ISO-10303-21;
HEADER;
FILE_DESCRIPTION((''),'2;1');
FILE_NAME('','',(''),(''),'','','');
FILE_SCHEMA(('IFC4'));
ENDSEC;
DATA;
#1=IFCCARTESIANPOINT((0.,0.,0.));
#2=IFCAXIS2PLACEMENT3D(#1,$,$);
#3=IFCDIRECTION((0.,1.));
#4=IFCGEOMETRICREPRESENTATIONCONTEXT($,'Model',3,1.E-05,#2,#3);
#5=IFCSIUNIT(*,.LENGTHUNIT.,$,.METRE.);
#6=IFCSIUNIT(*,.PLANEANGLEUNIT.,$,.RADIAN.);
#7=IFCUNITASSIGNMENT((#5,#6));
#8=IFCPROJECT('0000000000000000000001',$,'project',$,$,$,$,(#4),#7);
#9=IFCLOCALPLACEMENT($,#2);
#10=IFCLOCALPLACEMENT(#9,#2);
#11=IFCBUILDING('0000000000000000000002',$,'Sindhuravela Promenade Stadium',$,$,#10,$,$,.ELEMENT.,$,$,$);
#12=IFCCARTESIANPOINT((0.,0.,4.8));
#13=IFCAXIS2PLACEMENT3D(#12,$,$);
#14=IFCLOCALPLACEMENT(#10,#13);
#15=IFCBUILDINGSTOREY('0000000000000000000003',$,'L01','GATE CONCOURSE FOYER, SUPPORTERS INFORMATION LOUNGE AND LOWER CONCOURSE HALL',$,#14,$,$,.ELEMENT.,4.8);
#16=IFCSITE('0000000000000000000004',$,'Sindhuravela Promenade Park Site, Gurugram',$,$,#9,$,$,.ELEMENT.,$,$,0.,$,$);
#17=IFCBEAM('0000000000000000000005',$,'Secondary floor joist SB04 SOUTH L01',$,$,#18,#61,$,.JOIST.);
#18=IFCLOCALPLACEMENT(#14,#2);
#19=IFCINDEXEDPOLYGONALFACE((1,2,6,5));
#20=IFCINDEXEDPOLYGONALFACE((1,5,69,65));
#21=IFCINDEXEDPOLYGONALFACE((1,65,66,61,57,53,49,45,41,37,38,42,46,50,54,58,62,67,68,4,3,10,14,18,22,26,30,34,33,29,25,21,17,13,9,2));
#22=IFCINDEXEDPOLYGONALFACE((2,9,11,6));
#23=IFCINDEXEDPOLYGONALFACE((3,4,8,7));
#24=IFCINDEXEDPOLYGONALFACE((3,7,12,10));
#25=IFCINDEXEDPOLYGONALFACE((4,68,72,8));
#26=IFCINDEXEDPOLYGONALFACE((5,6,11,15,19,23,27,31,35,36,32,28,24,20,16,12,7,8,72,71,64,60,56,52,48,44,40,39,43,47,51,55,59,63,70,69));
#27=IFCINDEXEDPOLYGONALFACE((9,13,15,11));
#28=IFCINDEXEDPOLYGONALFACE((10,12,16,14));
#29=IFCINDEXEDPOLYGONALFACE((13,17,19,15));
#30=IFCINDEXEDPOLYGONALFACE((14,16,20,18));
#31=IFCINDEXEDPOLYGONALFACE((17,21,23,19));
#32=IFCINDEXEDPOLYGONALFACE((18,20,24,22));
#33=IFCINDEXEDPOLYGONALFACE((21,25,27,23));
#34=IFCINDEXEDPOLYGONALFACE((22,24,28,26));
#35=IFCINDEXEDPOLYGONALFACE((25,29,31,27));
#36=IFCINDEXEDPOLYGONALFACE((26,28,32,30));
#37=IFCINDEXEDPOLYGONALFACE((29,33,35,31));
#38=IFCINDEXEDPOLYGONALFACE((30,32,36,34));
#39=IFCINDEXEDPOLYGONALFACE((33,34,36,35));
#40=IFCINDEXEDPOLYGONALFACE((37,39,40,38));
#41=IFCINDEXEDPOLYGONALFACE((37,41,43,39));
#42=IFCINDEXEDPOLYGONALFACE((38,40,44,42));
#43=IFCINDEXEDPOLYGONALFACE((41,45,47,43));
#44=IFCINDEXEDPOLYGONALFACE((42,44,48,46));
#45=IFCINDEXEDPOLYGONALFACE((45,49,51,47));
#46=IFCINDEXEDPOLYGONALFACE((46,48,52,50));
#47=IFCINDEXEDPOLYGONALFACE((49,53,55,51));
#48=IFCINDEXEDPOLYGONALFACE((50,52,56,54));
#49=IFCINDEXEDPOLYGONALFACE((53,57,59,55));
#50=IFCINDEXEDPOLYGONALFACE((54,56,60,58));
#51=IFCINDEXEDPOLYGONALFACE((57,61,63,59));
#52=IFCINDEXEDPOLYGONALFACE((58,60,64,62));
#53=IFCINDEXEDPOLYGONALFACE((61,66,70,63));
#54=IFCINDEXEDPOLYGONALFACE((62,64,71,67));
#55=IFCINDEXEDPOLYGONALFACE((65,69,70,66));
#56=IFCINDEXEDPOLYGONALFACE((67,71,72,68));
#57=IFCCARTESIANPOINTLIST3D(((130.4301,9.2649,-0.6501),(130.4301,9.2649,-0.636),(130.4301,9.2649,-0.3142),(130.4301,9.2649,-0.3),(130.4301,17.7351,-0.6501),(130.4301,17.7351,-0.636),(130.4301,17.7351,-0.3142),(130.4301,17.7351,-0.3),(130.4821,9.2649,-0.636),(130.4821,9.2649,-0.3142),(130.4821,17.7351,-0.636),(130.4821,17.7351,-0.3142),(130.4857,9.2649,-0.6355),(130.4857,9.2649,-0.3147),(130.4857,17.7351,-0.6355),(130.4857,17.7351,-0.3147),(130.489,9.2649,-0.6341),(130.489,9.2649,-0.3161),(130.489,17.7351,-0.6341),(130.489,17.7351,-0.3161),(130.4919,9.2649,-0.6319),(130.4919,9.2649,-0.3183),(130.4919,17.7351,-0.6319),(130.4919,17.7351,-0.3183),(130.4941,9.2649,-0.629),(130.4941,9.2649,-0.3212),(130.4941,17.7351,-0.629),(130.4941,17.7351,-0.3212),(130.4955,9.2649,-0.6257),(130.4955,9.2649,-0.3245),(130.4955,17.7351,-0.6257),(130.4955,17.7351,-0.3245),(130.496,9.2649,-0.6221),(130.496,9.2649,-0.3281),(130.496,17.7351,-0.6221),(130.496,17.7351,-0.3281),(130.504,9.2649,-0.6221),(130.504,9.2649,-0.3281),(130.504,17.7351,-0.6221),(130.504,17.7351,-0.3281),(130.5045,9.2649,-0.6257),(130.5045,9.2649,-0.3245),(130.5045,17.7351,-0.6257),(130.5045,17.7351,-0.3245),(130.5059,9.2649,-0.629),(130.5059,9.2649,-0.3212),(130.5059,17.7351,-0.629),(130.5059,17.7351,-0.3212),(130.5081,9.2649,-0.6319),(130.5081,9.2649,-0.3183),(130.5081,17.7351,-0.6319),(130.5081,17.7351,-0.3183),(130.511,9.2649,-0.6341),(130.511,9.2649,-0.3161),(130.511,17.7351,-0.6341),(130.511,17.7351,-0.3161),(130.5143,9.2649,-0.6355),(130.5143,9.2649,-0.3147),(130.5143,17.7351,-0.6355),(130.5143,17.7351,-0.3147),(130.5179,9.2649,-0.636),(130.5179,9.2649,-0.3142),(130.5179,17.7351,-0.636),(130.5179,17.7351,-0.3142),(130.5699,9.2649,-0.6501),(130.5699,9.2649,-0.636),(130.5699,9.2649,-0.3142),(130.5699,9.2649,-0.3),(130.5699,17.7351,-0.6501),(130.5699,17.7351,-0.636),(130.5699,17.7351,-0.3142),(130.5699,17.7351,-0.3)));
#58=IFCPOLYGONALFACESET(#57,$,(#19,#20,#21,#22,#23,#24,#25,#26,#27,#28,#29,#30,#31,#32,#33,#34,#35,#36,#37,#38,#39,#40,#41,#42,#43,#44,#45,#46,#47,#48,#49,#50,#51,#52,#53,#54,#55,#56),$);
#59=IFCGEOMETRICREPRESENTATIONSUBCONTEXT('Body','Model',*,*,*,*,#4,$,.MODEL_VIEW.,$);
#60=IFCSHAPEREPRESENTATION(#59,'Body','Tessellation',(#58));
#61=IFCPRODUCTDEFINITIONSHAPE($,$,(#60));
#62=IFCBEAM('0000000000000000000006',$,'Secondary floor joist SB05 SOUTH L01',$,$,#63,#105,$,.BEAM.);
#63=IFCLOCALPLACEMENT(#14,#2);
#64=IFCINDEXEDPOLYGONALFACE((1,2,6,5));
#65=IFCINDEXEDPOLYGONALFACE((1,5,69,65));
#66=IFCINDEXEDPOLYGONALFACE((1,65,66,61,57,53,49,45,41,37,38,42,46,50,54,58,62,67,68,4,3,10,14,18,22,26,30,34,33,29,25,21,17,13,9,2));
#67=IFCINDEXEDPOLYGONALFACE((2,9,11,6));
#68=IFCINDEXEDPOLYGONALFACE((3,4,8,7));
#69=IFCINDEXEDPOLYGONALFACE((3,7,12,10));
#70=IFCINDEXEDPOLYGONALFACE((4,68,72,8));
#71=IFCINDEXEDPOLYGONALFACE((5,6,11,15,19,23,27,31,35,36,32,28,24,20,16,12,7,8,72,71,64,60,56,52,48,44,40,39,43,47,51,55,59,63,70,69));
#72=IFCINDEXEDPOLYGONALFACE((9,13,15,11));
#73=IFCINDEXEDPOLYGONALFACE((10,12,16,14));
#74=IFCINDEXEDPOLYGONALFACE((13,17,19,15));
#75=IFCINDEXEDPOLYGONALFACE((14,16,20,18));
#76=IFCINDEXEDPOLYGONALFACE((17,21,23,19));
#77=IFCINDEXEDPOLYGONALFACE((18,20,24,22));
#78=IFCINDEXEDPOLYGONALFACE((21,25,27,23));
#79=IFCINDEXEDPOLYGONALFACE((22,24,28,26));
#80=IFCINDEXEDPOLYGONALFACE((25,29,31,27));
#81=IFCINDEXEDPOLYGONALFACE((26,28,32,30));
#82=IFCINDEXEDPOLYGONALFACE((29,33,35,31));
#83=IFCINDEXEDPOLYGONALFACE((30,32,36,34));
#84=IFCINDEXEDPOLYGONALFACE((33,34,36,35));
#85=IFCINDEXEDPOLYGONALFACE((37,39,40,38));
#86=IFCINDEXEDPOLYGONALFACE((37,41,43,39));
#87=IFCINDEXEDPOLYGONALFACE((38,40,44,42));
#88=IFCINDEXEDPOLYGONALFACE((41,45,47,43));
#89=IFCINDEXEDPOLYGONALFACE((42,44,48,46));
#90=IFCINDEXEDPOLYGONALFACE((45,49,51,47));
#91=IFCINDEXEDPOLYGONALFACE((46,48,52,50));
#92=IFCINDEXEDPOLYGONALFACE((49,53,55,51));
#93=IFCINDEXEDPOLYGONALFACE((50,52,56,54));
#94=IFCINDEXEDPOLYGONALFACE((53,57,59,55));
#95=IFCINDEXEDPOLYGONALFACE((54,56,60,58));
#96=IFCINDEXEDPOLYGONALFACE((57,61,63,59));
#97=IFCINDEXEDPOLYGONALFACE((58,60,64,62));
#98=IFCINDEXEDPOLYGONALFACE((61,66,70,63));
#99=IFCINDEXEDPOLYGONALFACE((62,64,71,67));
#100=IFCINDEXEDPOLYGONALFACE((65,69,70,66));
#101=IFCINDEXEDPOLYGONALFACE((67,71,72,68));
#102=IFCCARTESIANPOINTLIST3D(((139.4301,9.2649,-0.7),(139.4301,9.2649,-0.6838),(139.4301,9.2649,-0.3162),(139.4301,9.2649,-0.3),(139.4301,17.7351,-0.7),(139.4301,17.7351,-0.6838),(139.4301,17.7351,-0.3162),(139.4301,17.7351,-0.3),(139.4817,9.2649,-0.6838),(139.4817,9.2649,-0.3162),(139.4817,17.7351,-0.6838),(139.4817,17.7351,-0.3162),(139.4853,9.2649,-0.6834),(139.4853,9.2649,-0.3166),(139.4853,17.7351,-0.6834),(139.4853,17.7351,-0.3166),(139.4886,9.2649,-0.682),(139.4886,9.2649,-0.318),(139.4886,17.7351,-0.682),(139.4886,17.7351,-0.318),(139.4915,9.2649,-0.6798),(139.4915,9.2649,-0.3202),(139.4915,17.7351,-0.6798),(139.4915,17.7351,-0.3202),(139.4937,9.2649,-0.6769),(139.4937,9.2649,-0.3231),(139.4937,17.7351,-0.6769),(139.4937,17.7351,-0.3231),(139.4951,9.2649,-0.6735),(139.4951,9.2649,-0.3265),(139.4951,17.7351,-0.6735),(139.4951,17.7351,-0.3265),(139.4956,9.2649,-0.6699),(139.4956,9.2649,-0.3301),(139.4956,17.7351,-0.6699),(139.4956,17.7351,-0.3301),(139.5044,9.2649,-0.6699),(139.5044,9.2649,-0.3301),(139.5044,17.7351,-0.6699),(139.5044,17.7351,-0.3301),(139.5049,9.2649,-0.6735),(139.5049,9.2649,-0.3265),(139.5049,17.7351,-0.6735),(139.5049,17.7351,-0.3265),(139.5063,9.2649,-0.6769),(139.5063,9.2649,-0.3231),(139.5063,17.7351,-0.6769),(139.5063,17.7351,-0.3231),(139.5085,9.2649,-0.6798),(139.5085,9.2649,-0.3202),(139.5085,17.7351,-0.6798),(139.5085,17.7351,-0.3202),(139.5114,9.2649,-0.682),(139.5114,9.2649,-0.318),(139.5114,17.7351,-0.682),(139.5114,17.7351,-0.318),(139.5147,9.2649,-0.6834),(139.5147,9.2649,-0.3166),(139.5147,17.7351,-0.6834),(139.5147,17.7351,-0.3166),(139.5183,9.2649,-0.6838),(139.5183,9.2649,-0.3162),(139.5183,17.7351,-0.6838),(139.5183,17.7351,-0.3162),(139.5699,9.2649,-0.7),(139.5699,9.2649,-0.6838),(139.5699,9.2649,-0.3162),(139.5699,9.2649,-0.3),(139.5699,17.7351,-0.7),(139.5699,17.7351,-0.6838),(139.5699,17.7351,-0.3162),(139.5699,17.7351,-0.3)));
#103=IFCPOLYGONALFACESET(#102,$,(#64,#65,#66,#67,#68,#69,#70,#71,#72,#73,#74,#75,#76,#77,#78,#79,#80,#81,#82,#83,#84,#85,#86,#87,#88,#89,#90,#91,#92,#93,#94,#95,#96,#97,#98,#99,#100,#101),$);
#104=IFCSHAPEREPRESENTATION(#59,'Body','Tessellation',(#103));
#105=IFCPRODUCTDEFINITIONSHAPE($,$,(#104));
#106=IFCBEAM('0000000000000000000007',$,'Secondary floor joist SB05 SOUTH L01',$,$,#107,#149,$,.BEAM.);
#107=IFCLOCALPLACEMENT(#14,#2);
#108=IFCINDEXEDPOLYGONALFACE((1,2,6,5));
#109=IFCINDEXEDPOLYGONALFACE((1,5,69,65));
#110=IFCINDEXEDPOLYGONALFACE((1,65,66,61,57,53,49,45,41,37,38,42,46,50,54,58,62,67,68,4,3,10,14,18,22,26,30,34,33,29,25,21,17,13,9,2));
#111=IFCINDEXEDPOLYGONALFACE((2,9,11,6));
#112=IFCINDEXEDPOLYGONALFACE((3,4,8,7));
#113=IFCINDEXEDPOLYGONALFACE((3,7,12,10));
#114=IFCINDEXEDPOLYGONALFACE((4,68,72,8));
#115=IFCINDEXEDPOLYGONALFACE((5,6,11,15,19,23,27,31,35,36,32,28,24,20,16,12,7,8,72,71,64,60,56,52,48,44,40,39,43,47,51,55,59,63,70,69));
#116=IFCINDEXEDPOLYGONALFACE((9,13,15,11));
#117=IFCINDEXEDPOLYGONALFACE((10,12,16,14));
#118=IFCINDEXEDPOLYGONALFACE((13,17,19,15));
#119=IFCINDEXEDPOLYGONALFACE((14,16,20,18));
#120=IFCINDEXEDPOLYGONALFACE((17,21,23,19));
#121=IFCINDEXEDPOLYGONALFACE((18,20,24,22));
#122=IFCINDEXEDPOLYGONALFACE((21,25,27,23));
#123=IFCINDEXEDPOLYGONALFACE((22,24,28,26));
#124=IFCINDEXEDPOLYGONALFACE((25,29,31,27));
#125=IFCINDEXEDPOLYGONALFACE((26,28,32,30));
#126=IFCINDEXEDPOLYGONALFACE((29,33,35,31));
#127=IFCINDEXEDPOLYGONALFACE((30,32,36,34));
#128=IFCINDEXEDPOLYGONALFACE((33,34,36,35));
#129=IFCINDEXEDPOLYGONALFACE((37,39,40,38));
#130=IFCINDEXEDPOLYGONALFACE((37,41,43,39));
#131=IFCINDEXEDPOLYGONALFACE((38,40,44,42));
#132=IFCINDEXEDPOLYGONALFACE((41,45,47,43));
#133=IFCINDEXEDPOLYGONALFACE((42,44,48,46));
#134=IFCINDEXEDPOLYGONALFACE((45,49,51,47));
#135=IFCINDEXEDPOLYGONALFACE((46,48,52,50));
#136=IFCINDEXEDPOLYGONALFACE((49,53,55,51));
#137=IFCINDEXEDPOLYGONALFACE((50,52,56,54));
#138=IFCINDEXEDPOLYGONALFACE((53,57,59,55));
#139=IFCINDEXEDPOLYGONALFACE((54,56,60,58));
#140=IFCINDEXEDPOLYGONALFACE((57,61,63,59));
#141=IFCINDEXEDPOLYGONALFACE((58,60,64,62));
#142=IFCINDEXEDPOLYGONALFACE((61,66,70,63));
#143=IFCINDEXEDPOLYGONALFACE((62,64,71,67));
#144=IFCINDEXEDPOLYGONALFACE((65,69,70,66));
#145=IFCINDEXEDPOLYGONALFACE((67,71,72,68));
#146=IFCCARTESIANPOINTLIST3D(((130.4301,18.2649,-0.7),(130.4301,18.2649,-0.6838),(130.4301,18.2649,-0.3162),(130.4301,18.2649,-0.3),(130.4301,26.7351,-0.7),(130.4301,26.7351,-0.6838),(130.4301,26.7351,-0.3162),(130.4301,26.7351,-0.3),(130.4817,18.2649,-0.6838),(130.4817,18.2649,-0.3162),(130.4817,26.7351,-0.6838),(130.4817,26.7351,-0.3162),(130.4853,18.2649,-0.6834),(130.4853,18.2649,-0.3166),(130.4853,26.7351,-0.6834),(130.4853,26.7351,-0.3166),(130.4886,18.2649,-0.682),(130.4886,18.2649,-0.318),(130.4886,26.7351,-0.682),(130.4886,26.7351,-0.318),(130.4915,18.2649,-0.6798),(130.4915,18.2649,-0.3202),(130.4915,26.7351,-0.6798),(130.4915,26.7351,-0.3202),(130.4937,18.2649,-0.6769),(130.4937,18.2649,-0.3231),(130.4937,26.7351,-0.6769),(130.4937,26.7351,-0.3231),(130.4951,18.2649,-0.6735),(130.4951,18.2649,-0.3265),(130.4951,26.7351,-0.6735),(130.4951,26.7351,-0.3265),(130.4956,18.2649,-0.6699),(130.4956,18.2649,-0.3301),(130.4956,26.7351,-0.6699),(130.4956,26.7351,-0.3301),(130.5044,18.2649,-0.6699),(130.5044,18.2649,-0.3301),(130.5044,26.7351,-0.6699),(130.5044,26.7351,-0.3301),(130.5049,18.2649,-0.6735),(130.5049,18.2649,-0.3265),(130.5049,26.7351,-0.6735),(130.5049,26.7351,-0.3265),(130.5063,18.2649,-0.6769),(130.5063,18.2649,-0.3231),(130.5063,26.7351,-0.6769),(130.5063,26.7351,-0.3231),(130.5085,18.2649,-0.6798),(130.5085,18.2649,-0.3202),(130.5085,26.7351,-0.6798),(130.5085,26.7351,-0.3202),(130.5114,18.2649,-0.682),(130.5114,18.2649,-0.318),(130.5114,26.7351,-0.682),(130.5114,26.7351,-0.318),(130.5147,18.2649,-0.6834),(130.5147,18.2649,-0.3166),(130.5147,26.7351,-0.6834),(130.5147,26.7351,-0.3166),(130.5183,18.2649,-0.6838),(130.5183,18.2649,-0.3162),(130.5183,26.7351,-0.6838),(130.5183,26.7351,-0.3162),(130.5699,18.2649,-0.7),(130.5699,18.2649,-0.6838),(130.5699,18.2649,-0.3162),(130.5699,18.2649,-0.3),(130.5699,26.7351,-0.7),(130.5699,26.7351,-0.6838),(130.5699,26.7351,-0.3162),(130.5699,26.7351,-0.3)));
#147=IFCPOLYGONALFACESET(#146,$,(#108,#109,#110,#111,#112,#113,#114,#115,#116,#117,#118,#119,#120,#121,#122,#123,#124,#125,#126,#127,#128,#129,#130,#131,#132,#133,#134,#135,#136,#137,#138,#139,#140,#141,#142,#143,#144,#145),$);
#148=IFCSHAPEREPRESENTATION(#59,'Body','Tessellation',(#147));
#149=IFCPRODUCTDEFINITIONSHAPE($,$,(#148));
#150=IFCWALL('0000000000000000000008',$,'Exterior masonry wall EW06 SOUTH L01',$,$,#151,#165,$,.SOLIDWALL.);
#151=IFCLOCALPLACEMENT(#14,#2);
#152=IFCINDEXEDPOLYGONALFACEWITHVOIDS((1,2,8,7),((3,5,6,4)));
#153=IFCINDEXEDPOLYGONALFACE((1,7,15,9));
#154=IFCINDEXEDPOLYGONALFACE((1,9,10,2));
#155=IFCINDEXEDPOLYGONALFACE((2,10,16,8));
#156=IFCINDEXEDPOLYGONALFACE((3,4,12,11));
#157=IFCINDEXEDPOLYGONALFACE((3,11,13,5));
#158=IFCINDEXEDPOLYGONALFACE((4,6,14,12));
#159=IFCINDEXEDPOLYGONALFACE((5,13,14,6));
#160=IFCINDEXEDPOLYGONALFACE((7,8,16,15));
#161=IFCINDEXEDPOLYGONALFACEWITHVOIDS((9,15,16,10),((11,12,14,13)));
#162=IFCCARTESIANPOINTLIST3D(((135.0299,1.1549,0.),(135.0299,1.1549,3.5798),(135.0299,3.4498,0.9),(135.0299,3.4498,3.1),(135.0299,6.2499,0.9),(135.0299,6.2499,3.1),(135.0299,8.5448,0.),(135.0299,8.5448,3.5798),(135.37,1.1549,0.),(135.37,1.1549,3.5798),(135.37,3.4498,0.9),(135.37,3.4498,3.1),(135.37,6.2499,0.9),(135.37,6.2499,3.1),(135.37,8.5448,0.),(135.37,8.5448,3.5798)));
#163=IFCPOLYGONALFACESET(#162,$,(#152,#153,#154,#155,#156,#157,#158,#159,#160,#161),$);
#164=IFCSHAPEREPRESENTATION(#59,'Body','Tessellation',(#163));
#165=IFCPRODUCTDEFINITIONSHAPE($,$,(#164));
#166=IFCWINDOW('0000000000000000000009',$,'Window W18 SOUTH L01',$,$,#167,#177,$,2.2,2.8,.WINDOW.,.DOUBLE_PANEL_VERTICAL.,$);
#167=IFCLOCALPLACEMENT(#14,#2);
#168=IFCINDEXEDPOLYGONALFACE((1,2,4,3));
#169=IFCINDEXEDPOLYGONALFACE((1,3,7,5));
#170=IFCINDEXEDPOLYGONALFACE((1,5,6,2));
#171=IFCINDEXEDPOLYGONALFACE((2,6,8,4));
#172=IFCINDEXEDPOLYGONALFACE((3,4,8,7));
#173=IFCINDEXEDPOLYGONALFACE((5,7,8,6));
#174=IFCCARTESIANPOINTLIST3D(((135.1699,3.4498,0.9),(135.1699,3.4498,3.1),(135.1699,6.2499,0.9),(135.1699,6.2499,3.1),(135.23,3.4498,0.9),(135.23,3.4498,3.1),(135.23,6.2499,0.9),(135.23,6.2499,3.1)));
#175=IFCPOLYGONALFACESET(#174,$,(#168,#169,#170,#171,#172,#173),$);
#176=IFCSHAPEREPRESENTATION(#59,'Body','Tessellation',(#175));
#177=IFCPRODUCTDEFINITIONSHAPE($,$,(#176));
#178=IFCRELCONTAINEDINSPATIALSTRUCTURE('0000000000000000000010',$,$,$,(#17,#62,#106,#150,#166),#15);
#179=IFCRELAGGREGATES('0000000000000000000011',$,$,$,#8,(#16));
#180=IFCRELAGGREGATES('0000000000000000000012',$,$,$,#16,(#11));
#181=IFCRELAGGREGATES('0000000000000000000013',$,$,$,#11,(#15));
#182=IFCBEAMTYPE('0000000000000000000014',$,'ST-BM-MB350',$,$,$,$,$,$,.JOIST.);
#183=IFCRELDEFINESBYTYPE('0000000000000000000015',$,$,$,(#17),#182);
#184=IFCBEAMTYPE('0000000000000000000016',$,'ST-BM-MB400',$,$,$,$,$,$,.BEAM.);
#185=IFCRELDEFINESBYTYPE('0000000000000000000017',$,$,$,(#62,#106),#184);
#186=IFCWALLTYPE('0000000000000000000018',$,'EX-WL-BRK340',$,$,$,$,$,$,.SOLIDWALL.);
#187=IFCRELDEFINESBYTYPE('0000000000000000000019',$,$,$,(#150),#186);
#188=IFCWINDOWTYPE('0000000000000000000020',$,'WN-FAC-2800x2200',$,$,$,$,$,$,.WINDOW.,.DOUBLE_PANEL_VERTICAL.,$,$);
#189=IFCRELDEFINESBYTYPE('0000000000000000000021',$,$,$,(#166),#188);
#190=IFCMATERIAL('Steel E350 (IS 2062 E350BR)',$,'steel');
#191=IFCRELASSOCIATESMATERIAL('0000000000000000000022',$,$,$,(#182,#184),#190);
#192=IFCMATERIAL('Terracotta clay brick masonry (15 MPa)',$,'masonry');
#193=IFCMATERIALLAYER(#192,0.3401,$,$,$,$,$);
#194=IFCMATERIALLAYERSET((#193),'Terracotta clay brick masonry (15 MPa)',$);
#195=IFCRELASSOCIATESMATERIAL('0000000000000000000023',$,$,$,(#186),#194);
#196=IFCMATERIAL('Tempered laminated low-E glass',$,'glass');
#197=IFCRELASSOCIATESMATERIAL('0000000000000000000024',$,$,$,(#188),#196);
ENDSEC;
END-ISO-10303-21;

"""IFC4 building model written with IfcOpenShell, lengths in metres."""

from ifc_helpers import new_model, si_unit, direction, frame, frame_2d, origin, origin_2d, place, context, subcontext, project, spatial, rectangle, i_section, extrude, material, layer, layer_set, material_profile, profile_set, type_object, element, fill, save


model = new_model("IFC4")

# Units and contexts
model_context = context("Model", 3, precision=1e-05, world=origin(), true_north=direction((0.0, 1.0)))
body_context = subcontext(model_context, "Body", "Model", "MODEL_VIEW")
ifc_project = project(units=[si_unit("LENGTHUNIT", "METRE"), si_unit("PLANEANGLEUNIT", "RADIAN")], contexts=[model_context])

# Site, building, storey
site_placement = place(None, origin())
site = spatial("IfcSite", under=ifc_project, at=site_placement, Name="Sindhuravela Promenade Park Site, Gurugram", CompositionType="ELEMENT", RefElevation=0.0)
building_placement = place(site_placement, origin())
building = spatial("IfcBuilding", under=site, at=building_placement, Name="Sindhuravela Promenade Stadium", CompositionType="ELEMENT")
storey_placement = place(building_placement, frame((0.0, 0.0, 4.8)))
storey = spatial("IfcBuildingStorey", under=building, at=storey_placement, Name="L01", Description="GATE CONCOURSE FOYER, SUPPORTERS INFORMATION LOUNGE AND LOWER CONCOURSE HALL", CompositionType="ELEMENT", Elevation=4.8)

# Beams
ifc_material_1 = material(Name="Steel E350 (IS 2062 E350BR)", Category="steel")
ifc_material_profile_1 = material_profile(ifc_material_1, i_section(OverallWidth=0.1399, OverallDepth=0.3501, WebThickness=0.0081, FlangeThickness=0.0142, FilletRadius=0.0139, at=origin_2d()), Name="ISMB 350")
ifc_profile_set_1 = profile_set([ifc_material_profile_1], Name="Steel E350 (IS 2062 E350BR)")
beam_type_1 = type_object("IfcBeamType", Name="ST-BM-MB350", PredefinedType="JOIST", material=ifc_profile_set_1)
beam_1_placement = place(storey_placement, frame((130.5, 9.2649, -0.4751), z_axis=(0.0, 1.0, 0.0), x_axis=(-1.0, 0.0, 0.0)))
element("IfcBeam", 1, at=beam_1_placement, inside=storey, type_object=beam_type_1, Name="Secondary floor joist SB04 SOUTH L01", PredefinedType="JOIST", context=body_context, shape_type="SweptSolid", body=[
    extrude(i_section(OverallWidth=0.1399, OverallDepth=0.3501, WebThickness=0.0081, FlangeThickness=0.0142, FilletRadius=0.0139, at=origin_2d()), origin(), (0.0, 0.0, 1.0), 8.4702),
])
ifc_material_profile_2 = material_profile(ifc_material_1, i_section(OverallWidth=0.1399, OverallDepth=0.3999, WebThickness=0.0088, FlangeThickness=0.0161, FilletRadius=0.0139, at=origin_2d()), Name="ISMB 400")
ifc_profile_set_2 = profile_set([ifc_material_profile_2], Name="Steel E350 (IS 2062 E350BR)")
beam_type_2 = type_object("IfcBeamType", Name="ST-BM-MB400", PredefinedType="BEAM", material=ifc_profile_set_2)
for number, where, z_axis, x_axis, name in (
    (2, (139.5, 9.2649, -0.5), (0.0, 1.0, 0.0), (-1.0, 0.0, 0.0), "Secondary floor joist SB05 SOUTH L01"),
    (3, (130.5, 18.2649, -0.5), (0.0, 1.0, 0.0), (-1.0, 0.0, 0.0), "Secondary floor joist SB05 SOUTH L01"),
):
    element("IfcBeam", number, at=place(storey_placement, frame(where, z_axis=z_axis, x_axis=x_axis)), inside=storey, type_object=beam_type_2, Name=name, PredefinedType="BEAM", context=body_context, shape_type="SweptSolid", body=[
        extrude(i_section(OverallWidth=0.1399, OverallDepth=0.3999, WebThickness=0.0088, FlangeThickness=0.0161, FilletRadius=0.0139, at=origin_2d()), origin(), (0.0, 0.0, 1.0), 8.4702),
    ])

# Wall, opening, window
ifc_material_2 = material(Name="Terracotta clay brick masonry (15 MPa)", Category="masonry")
ifc_layer_1 = layer(ifc_material_2, 0.3401)
ifc_layer_set_1 = layer_set([ifc_layer_1], Name="Terracotta clay brick masonry (15 MPa)")
wall_type_1 = type_object("IfcWallType", Name="EX-WL-BRK340", PredefinedType="SOLIDWALL", material=ifc_layer_set_1)
wall_1_placement = place(storey_placement, frame((135.2, 1.155, 0.0), z_axis=(0.0, 0.0, 1.0), x_axis=(0.0, 1.0, 0.0)))
wall_1 = element("IfcWall", 4, at=wall_1_placement, inside=storey, type_object=wall_type_1, Name="Exterior masonry wall EW06 SOUTH L01", PredefinedType="SOLIDWALL", context=body_context, shape_type="SweptSolid", body=[
    extrude(rectangle(XDim=7.3899, YDim=0.3401, at=frame_2d((3.6948, 0.0))), origin(), (0.0, 0.0, 1.0), 3.5798),
])
opening_1_placement = place(wall_1_placement, frame((2.2949, 0.0, 0.8999)))
opening_1 = element("IfcOpeningElement", 5, at=opening_1_placement, cuts=wall_1, PredefinedType="OPENING", context=body_context, shape_type="SweptSolid", body=[
    extrude(rectangle(XDim=2.8, YDim=2.2, at=frame_2d((1.3999, 1.1001))), frame((0.0, 0.1799, 0.0), z_axis=(0.0, -1.0, 0.0), x_axis=(1.0, 0.0, 0.0)), (0.0, 0.0, 1.0), 0.3601),
])
ifc_material_3 = material(Name="Tempered laminated low-E glass", Category="glass")
window_type_1 = type_object("IfcWindowType", Name="WN-FAC-2800x2200", PartitioningType="DOUBLE_PANEL_VERTICAL", PredefinedType="WINDOW", material=ifc_material_3)
window_1_placement = place(opening_1_placement, origin())
window_1 = element("IfcWindow", 6, at=window_1_placement, inside=storey, type_object=window_type_1, Name="Window W18 SOUTH L01", OverallHeight=2.2, OverallWidth=2.8, PartitioningType="DOUBLE_PANEL_VERTICAL", PredefinedType="WINDOW", context=body_context, shape_type="SweptSolid", body=[
    extrude(rectangle(XDim=2.8, YDim=2.2, at=frame_2d((1.3999, 1.1001))), frame((0.0, 0.03, 0.0), z_axis=(0.0, -1.0, 0.0), x_axis=(1.0, 0.0, 0.0)), (0.0, 0.0, 1.0), 0.0601),
])
fill(opening_1, window_1)

save(model, "model.ifc")
